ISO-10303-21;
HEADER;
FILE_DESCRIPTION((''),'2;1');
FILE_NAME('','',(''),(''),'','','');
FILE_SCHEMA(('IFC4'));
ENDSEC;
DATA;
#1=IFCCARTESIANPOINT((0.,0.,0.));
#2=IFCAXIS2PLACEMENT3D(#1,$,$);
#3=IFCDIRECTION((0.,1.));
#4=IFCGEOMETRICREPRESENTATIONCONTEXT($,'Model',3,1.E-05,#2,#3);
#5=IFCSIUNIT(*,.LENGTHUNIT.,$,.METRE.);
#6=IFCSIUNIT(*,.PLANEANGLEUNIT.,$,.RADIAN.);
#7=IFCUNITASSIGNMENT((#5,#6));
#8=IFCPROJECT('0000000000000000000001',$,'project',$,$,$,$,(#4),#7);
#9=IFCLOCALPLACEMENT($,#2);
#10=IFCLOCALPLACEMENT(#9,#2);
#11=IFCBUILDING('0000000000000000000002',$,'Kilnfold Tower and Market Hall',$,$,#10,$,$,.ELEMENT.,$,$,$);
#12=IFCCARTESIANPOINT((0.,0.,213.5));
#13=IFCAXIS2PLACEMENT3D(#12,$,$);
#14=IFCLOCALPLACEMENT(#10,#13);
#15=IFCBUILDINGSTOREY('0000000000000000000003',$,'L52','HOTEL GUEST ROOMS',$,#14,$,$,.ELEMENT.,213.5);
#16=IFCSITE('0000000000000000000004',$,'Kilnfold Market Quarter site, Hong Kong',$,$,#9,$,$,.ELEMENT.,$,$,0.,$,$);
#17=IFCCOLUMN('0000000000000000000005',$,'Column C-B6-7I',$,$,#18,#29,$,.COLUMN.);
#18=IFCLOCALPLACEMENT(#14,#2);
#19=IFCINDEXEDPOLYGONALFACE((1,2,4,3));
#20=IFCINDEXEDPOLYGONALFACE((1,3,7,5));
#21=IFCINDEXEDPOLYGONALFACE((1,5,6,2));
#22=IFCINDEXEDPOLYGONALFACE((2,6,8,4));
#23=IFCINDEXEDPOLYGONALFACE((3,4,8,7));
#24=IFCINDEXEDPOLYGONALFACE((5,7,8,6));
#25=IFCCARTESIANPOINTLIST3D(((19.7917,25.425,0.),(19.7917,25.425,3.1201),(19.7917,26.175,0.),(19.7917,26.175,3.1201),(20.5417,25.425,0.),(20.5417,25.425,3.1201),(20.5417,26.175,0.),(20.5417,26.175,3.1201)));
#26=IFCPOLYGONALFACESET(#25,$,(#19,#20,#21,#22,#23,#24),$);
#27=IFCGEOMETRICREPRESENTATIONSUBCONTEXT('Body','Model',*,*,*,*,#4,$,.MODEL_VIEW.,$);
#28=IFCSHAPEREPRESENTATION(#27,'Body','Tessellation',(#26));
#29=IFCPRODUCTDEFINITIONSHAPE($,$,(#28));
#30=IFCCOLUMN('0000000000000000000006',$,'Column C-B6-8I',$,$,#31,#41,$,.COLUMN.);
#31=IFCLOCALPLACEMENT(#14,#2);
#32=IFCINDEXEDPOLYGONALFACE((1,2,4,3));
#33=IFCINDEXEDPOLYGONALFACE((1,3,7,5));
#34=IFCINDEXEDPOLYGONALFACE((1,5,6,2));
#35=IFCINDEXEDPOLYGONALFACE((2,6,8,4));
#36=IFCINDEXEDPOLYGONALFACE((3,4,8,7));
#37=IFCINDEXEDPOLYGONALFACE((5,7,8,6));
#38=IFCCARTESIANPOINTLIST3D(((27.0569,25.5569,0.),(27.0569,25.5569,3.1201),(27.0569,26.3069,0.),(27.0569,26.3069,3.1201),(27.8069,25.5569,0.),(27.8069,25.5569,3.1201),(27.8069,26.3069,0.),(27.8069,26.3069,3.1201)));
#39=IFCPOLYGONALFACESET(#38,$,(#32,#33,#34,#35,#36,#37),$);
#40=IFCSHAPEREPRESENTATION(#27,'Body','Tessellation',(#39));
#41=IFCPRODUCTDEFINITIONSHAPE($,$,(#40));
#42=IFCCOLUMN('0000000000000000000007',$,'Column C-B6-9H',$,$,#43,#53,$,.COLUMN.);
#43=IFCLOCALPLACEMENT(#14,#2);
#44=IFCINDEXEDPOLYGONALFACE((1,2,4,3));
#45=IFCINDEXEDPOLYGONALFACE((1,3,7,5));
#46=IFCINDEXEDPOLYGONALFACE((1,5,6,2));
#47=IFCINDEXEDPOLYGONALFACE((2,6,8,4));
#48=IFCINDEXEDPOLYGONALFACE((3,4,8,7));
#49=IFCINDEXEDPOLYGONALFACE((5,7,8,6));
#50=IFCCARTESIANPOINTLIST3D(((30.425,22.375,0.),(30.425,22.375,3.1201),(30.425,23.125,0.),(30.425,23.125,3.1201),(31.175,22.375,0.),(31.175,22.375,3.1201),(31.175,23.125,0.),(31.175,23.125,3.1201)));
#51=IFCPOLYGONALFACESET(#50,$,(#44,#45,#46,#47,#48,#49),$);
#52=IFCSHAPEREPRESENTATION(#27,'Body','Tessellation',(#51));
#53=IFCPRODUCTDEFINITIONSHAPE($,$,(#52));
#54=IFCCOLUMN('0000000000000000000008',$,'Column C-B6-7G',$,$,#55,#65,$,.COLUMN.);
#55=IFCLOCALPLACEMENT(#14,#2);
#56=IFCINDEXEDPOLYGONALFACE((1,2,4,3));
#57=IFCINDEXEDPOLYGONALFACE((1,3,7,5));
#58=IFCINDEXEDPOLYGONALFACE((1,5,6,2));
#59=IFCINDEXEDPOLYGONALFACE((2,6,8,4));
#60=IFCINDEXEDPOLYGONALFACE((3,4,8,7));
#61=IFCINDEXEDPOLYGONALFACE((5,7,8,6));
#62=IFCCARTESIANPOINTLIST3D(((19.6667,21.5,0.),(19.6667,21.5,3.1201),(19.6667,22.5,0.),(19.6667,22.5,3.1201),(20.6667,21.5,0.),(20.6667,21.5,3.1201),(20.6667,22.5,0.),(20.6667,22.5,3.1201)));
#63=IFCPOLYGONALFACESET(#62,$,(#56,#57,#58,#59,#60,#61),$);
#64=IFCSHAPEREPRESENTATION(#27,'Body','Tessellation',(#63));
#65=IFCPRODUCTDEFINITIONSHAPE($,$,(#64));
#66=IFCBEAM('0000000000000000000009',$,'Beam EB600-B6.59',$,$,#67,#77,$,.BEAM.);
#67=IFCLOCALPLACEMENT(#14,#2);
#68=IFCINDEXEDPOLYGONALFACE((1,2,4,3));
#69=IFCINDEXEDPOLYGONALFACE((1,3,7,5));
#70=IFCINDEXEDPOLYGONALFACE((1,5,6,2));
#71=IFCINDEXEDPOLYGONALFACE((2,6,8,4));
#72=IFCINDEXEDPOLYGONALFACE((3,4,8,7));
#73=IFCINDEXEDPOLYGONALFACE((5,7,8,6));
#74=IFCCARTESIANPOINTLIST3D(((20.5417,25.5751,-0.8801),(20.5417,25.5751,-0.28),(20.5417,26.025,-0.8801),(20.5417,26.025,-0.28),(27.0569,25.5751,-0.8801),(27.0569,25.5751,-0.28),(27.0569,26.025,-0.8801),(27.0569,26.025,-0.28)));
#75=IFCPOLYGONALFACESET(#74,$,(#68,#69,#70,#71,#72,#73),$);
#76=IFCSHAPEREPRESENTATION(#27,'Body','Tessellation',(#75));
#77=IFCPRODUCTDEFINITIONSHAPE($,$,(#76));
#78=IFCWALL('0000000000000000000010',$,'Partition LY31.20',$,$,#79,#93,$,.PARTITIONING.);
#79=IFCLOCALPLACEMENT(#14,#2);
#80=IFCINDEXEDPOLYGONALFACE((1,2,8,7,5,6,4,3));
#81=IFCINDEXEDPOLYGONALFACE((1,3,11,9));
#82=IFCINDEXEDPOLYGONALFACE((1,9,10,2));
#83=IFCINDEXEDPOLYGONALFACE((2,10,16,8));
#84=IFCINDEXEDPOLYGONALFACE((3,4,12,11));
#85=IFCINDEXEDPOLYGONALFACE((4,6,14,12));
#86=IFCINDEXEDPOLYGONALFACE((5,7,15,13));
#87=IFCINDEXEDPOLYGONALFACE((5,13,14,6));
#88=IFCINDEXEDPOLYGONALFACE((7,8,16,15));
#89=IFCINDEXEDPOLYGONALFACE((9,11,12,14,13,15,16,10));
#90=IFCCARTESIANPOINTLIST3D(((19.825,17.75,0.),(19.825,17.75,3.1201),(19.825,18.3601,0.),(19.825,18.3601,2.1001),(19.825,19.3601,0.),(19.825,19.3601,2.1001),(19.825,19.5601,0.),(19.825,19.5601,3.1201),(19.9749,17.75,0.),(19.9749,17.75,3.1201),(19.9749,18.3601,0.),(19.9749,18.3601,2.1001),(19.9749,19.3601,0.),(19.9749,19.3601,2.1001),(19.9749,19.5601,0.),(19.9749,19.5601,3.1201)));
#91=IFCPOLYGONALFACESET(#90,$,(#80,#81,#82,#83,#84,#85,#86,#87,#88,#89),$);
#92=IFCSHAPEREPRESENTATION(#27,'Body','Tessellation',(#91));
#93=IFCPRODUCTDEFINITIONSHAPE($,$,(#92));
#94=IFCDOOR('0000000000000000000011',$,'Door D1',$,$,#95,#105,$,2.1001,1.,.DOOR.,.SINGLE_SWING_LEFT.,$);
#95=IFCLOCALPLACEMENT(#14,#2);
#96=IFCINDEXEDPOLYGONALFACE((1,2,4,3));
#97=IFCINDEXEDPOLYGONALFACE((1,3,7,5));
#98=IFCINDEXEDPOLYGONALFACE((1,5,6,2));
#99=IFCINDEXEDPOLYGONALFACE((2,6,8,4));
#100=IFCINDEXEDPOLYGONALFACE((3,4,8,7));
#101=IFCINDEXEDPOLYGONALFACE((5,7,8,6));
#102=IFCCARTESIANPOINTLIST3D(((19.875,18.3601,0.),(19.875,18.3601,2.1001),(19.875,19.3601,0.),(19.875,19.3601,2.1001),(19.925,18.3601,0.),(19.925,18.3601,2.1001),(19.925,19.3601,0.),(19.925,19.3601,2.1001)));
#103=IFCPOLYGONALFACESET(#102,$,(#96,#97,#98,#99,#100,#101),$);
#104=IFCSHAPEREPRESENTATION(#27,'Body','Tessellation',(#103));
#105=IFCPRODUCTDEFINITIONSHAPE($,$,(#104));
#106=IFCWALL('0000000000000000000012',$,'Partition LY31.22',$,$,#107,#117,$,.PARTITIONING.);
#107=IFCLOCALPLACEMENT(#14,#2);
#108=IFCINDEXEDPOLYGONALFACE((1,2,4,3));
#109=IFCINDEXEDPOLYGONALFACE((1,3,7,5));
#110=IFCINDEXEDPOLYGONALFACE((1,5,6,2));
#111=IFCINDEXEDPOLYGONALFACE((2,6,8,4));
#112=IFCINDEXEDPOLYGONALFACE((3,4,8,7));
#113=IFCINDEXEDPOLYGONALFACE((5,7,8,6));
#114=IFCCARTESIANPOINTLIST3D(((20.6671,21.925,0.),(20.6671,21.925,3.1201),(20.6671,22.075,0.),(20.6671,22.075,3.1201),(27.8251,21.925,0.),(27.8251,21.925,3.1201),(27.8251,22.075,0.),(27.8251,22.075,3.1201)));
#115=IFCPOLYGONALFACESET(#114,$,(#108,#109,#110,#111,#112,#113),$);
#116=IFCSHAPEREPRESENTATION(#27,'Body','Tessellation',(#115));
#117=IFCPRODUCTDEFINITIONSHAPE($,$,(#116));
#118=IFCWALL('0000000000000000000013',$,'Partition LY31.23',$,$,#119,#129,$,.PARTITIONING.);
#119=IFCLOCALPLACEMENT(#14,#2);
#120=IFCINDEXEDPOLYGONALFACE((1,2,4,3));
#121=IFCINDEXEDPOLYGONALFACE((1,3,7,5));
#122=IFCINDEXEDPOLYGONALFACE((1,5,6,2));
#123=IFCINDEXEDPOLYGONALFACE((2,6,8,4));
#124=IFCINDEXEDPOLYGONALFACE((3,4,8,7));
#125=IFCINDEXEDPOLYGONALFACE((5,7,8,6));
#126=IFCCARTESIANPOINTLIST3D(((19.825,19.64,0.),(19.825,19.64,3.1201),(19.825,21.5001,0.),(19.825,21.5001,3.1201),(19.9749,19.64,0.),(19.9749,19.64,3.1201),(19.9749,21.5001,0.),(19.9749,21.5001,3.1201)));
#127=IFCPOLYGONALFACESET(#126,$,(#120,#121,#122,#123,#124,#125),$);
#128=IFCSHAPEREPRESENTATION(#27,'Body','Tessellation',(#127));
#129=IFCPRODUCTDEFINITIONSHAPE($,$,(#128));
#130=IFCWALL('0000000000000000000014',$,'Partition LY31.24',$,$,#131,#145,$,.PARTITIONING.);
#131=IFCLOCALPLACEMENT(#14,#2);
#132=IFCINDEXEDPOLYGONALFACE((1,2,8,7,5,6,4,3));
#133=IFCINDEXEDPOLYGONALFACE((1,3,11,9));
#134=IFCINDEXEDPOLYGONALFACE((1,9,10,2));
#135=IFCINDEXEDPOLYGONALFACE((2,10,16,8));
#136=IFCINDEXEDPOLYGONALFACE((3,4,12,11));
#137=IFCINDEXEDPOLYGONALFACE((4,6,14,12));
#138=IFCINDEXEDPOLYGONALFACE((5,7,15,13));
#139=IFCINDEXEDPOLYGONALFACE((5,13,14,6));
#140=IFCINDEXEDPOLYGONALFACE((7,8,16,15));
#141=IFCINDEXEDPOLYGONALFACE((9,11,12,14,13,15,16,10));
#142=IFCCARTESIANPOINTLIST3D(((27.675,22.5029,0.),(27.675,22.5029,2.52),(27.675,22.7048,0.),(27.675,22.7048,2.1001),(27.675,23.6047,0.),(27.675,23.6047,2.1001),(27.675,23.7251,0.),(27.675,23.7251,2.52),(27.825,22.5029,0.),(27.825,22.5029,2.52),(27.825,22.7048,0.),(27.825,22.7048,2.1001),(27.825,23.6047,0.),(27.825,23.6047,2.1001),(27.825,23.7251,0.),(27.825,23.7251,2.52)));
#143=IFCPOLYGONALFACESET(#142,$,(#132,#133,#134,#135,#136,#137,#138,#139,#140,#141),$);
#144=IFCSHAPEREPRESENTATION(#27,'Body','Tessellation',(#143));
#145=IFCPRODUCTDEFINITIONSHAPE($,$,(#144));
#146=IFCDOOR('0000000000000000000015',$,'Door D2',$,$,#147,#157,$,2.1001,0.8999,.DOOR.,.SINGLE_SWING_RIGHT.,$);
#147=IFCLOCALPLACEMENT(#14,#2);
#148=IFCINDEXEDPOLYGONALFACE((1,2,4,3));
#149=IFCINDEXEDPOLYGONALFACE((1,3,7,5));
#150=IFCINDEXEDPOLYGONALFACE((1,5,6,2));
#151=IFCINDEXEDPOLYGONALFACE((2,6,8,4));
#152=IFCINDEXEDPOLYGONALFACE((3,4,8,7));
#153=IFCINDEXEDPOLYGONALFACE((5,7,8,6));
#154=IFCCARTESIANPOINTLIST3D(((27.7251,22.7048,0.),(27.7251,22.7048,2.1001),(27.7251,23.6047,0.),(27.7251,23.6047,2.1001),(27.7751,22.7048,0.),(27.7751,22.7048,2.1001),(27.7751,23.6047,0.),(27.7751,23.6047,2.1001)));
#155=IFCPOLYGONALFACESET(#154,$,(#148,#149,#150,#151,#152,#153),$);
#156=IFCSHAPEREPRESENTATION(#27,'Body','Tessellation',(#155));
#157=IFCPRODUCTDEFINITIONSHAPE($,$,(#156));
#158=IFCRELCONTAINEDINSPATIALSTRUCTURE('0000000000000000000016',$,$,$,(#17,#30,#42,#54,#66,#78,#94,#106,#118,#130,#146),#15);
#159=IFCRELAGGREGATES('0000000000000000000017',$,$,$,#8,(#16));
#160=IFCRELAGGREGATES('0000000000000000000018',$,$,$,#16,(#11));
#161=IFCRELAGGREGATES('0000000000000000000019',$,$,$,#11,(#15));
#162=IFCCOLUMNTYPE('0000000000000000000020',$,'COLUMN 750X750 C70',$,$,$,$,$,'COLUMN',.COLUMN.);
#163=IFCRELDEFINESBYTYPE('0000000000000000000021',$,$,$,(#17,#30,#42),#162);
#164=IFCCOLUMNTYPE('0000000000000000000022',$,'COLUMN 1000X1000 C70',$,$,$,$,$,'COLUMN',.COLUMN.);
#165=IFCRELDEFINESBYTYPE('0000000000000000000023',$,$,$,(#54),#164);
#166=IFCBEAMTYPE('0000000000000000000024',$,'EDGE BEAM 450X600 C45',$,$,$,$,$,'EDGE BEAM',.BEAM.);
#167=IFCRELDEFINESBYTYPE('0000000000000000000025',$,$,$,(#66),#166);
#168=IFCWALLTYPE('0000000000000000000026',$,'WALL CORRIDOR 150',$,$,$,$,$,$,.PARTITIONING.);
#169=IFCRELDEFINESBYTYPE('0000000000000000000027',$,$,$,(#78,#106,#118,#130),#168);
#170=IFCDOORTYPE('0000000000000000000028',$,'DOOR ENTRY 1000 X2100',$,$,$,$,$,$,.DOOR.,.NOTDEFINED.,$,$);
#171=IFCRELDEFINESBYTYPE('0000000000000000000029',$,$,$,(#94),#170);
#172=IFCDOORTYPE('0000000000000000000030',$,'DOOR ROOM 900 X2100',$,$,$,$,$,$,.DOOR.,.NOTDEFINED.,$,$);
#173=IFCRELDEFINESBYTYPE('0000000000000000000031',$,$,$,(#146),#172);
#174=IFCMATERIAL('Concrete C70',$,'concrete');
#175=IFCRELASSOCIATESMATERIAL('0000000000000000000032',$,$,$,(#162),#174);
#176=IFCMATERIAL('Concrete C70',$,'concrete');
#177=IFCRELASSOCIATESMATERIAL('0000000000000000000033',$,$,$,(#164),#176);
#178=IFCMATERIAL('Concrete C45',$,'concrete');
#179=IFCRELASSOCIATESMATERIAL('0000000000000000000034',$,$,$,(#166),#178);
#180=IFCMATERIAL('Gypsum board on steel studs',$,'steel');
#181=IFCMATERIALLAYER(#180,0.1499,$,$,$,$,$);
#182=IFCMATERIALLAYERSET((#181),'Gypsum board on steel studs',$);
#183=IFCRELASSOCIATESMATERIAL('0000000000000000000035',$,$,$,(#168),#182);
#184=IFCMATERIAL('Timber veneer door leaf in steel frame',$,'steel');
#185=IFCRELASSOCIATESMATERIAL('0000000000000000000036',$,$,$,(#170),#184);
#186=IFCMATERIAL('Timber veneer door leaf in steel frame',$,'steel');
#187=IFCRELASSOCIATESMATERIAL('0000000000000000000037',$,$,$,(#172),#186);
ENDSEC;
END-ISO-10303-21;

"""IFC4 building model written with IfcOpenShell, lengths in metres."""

from ifc_helpers import new_model, si_unit, direction, frame, frame_2d, origin, origin_2d, place, context, subcontext, project, spatial, rectangle, extrude, source, transform, mapped, material, layer, layer_set, material_profile, profile_set, type_object, element, fill, save


model = new_model("IFC4")

# Units and contexts
model_context = context("Model", 3, precision=1e-05, world=origin(), true_north=direction((0.0, 1.0)))
body_context = subcontext(model_context, "Body", "Model", "MODEL_VIEW")
ifc_project = project(units=[si_unit("LENGTHUNIT", "METRE"), si_unit("PLANEANGLEUNIT", "RADIAN")], contexts=[model_context])

# Site, building, storey
site_placement = place(None, origin())
site = spatial("IfcSite", under=ifc_project, at=site_placement, Name="Kilnfold Market Quarter site, Hong Kong", CompositionType="ELEMENT", RefElevation=0.0)
building_placement = place(site_placement, origin())
building = spatial("IfcBuilding", under=site, at=building_placement, Name="Kilnfold Tower and Market Hall", CompositionType="ELEMENT")
storey_placement = place(building_placement, frame((0.0, 0.0, 213.5)))
storey = spatial("IfcBuildingStorey", under=building, at=storey_placement, Name="L52", Description="HOTEL GUEST ROOMS", CompositionType="ELEMENT", Elevation=213.5)

# Columns
ifc_material_1 = material(Name="Concrete C70", Category="concrete")
ifc_material_profile_1 = material_profile(ifc_material_1, rectangle(XDim=0.75, YDim=0.75, at=origin_2d()), Name="RC 750x750")
ifc_profile_set_1 = profile_set([ifc_material_profile_1], Name="Concrete C70")
column_type_1 = type_object("IfcColumnType", Name="COLUMN 750X750 C70", ElementType="COLUMN", PredefinedType="COLUMN", material=ifc_profile_set_1)
shared_shape_1 = source(origin(), body_context, "Body", "SweptSolid", [
    extrude(rectangle(XDim=0.75, YDim=0.75, at=origin_2d()), origin(), (0.0, 0.0, 1.0), 3.1201),
])
for number, where, z_axis, x_axis, name in (
    (1, (20.1667, 25.8, 0.0), (0.0, 0.0, 1.0), (1.0, 0.0, 0.0), "Column C-B6-7I"),
    (2, (27.4319, 25.9319, 0.0), (0.0, 0.0, 1.0), (1.0, 0.0, 0.0), "Column C-B6-8I"),
    (3, (30.8, 22.75, 0.0), (0.0, 0.0, 1.0), (1.0, 0.0, 0.0), "Column C-B6-9H"),
):
    element("IfcColumn", number, at=place(storey_placement, frame(where, z_axis=z_axis, x_axis=x_axis)), inside=storey, type_object=column_type_1, Name=name, PredefinedType="COLUMN", context=body_context, shape_type="MappedRepresentation", body=[
        mapped(shared_shape_1, transform((0.0, 0.0, 0.0))),
    ])
ifc_material_2 = material(Name="Concrete C70", Category="concrete")
ifc_material_profile_2 = material_profile(ifc_material_2, rectangle(XDim=1.0, YDim=1.0, at=origin_2d()), Name="RC 1000x1000")
ifc_profile_set_2 = profile_set([ifc_material_profile_2], Name="Concrete C70")
column_type_2 = type_object("IfcColumnType", Name="COLUMN 1000X1000 C70", ElementType="COLUMN", PredefinedType="COLUMN", material=ifc_profile_set_2)
shared_shape_2 = source(origin(), body_context, "Body", "SweptSolid", [
    extrude(rectangle(XDim=1.0, YDim=1.0, at=origin_2d()), origin(), (0.0, 0.0, 1.0), 3.1201),
])
column_placement = place(storey_placement, frame((20.1667, 22.0, 0.0), z_axis=(0.0, 0.0, 1.0), x_axis=(1.0, 0.0, 0.0)))
element("IfcColumn", 4, at=column_placement, inside=storey, type_object=column_type_2, Name="Column C-B6-7G", PredefinedType="COLUMN", context=body_context, shape_type="MappedRepresentation", body=[
    mapped(shared_shape_2, transform((0.0, 0.0, 0.0))),
])

# Beam
ifc_material_3 = material(Name="Concrete C45", Category="concrete")
ifc_material_profile_3 = material_profile(ifc_material_3, rectangle(XDim=0.45, YDim=0.6001, at=origin_2d()), Name="RC 450x600")
ifc_profile_set_3 = profile_set([ifc_material_profile_3], Name="Concrete C45")
beam_type = type_object("IfcBeamType", Name="EDGE BEAM 450X600 C45", ElementType="EDGE BEAM", PredefinedType="BEAM", material=ifc_profile_set_3)
shared_shape_3 = source(origin(), body_context, "Body", "SweptSolid", [
    extrude(rectangle(XDim=0.45, YDim=0.6001, at=origin_2d()), origin(), (0.0, 0.0, 1.0), 6.5151),
])
beam_placement = place(storey_placement, frame((20.5417, 25.8, -0.5801), z_axis=(1.0, 0.0, 0.0), x_axis=(0.0, 1.0, 0.0)))
element("IfcBeam", 5, at=beam_placement, inside=storey, type_object=beam_type, Name="Beam EB600-B6.59", PredefinedType="BEAM", context=body_context, shape_type="MappedRepresentation", body=[
    mapped(shared_shape_3, transform((0.0, 0.0, 0.0))),
])

# Wall, opening, door
ifc_material_4 = material(Name="Gypsum board on steel studs", Category="steel")
ifc_layer_1 = layer(ifc_material_4, 0.1499)
ifc_layer_set_1 = layer_set([ifc_layer_1], Name="Gypsum board on steel studs")
wall_type_1 = type_object("IfcWallType", Name="WALL CORRIDOR 150", PredefinedType="PARTITIONING", material=ifc_layer_set_1)
wall_1_placement = place(storey_placement, frame((19.8999, 17.75, 0.0), z_axis=(0.0, 0.0, 1.0), x_axis=(0.0, 1.0, 0.0)))
wall_1 = element("IfcWall", 6, at=wall_1_placement, inside=storey, type_object=wall_type_1, Name="Partition LY31.20", PredefinedType="PARTITIONING", context=body_context, shape_type="SweptSolid", body=[
    extrude(rectangle(XDim=1.8101, YDim=0.1499, at=frame_2d((0.905, 0.0))), origin(), (0.0, 0.0, 1.0), 3.1201),
])
opening_1_placement = place(wall_1_placement, frame((0.6101, 0.0, 0.0)))
opening_1 = element("IfcOpeningElement", 7, at=opening_1_placement, cuts=wall_1, PredefinedType="OPENING", context=body_context, shape_type="SweptSolid", body=[
    extrude(rectangle(XDim=1.0, YDim=2.1001, at=frame_2d((0.5, 1.05))), frame((0.0, 0.085, 0.0), z_axis=(0.0, -1.0, 0.0), x_axis=(1.0, 0.0, 0.0)), (0.0, 0.0, 1.0), 0.1699),
])
ifc_material_5 = material(Name="Timber veneer door leaf in steel frame", Category="steel")
door_type_1 = type_object("IfcDoorType", Name="DOOR ENTRY 1000 X2100", OperationType="NOTDEFINED", PredefinedType="DOOR", material=ifc_material_5)
door_1_placement = place(opening_1_placement, origin())
door_1 = element("IfcDoor", 8, at=door_1_placement, inside=storey, type_object=door_type_1, Name="Door D1", OperationType="SINGLE_SWING_LEFT", OverallHeight=2.1001, OverallWidth=1.0, PredefinedType="DOOR", context=body_context, shape_type="SweptSolid", body=[
    extrude(rectangle(XDim=1.0, YDim=2.1001, at=frame_2d((0.5, 1.05))), frame((0.0, 0.0249, 0.0), z_axis=(0.0, -1.0, 0.0), x_axis=(1.0, 0.0, 0.0)), (0.0, 0.0, 1.0), 0.05),
])
fill(opening_1, door_1)

# Walls
wall_2_placement = place(storey_placement, frame((20.667, 22.0, 0.0), z_axis=(0.0, 0.0, 1.0), x_axis=(1.0, 0.0, 0.0)))
element("IfcWall", 9, at=wall_2_placement, inside=storey, type_object=wall_type_1, Name="Partition LY31.22", PredefinedType="PARTITIONING", context=body_context, shape_type="SweptSolid", body=[
    extrude(rectangle(XDim=7.158, YDim=0.1499, at=frame_2d((3.5791, 0.0))), origin(), (0.0, 0.0, 1.0), 3.1201),
])
wall_3_placement = place(storey_placement, frame((19.8999, 19.6399, 0.0), z_axis=(0.0, 0.0, 1.0), x_axis=(0.0, 1.0, 0.0)))
element("IfcWall", 10, at=wall_3_placement, inside=storey, type_object=wall_type_1, Name="Partition LY31.23", PredefinedType="PARTITIONING", context=body_context, shape_type="SweptSolid", body=[
    extrude(rectangle(XDim=1.8601, YDim=0.1499, at=frame_2d((0.9302, 0.0))), origin(), (0.0, 0.0, 1.0), 3.1201),
])

# Wall, opening, door
wall_4_placement = place(storey_placement, frame((27.75, 22.5029, 0.0), z_axis=(0.0, 0.0, 1.0), x_axis=(0.0, 1.0, 0.0)))
wall_4 = element("IfcWall", 11, at=wall_4_placement, inside=storey, type_object=wall_type_1, Name="Partition LY31.24", PredefinedType="PARTITIONING", context=body_context, shape_type="SweptSolid", body=[
    extrude(rectangle(XDim=1.2222, YDim=0.1499, at=frame_2d((0.6111, 0.0))), origin(), (0.0, 0.0, 1.0), 2.52),
])
opening_2_placement = place(wall_4_placement, frame((0.2019, 0.0, 0.0)))
opening_2 = element("IfcOpeningElement", 12, at=opening_2_placement, cuts=wall_4, PredefinedType="OPENING", context=body_context, shape_type="SweptSolid", body=[
    extrude(rectangle(XDim=0.8999, YDim=2.1001, at=frame_2d((0.45, 1.05))), frame((0.0, 0.085, 0.0), z_axis=(0.0, -1.0, 0.0), x_axis=(1.0, 0.0, 0.0)), (0.0, 0.0, 1.0), 0.1699),
])
ifc_material_6 = material(Name="Timber veneer door leaf in steel frame", Category="steel")
door_type_2 = type_object("IfcDoorType", Name="DOOR ROOM 900 X2100", OperationType="NOTDEFINED", PredefinedType="DOOR", material=ifc_material_6)
door_2_placement = place(opening_2_placement, origin())
door_2 = element("IfcDoor", 13, at=door_2_placement, inside=storey, type_object=door_type_2, Name="Door D2", OperationType="SINGLE_SWING_RIGHT", OverallHeight=2.1001, OverallWidth=0.8999, PredefinedType="DOOR", context=body_context, shape_type="SweptSolid", body=[
    extrude(rectangle(XDim=0.8999, YDim=2.1001, at=frame_2d((0.45, 1.05))), frame((0.0, 0.0249, 0.0), z_axis=(0.0, -1.0, 0.0), x_axis=(1.0, 0.0, 0.0)), (0.0, 0.0, 1.0), 0.05),
])
fill(opening_2, door_2)

save(model, "model.ifc")
